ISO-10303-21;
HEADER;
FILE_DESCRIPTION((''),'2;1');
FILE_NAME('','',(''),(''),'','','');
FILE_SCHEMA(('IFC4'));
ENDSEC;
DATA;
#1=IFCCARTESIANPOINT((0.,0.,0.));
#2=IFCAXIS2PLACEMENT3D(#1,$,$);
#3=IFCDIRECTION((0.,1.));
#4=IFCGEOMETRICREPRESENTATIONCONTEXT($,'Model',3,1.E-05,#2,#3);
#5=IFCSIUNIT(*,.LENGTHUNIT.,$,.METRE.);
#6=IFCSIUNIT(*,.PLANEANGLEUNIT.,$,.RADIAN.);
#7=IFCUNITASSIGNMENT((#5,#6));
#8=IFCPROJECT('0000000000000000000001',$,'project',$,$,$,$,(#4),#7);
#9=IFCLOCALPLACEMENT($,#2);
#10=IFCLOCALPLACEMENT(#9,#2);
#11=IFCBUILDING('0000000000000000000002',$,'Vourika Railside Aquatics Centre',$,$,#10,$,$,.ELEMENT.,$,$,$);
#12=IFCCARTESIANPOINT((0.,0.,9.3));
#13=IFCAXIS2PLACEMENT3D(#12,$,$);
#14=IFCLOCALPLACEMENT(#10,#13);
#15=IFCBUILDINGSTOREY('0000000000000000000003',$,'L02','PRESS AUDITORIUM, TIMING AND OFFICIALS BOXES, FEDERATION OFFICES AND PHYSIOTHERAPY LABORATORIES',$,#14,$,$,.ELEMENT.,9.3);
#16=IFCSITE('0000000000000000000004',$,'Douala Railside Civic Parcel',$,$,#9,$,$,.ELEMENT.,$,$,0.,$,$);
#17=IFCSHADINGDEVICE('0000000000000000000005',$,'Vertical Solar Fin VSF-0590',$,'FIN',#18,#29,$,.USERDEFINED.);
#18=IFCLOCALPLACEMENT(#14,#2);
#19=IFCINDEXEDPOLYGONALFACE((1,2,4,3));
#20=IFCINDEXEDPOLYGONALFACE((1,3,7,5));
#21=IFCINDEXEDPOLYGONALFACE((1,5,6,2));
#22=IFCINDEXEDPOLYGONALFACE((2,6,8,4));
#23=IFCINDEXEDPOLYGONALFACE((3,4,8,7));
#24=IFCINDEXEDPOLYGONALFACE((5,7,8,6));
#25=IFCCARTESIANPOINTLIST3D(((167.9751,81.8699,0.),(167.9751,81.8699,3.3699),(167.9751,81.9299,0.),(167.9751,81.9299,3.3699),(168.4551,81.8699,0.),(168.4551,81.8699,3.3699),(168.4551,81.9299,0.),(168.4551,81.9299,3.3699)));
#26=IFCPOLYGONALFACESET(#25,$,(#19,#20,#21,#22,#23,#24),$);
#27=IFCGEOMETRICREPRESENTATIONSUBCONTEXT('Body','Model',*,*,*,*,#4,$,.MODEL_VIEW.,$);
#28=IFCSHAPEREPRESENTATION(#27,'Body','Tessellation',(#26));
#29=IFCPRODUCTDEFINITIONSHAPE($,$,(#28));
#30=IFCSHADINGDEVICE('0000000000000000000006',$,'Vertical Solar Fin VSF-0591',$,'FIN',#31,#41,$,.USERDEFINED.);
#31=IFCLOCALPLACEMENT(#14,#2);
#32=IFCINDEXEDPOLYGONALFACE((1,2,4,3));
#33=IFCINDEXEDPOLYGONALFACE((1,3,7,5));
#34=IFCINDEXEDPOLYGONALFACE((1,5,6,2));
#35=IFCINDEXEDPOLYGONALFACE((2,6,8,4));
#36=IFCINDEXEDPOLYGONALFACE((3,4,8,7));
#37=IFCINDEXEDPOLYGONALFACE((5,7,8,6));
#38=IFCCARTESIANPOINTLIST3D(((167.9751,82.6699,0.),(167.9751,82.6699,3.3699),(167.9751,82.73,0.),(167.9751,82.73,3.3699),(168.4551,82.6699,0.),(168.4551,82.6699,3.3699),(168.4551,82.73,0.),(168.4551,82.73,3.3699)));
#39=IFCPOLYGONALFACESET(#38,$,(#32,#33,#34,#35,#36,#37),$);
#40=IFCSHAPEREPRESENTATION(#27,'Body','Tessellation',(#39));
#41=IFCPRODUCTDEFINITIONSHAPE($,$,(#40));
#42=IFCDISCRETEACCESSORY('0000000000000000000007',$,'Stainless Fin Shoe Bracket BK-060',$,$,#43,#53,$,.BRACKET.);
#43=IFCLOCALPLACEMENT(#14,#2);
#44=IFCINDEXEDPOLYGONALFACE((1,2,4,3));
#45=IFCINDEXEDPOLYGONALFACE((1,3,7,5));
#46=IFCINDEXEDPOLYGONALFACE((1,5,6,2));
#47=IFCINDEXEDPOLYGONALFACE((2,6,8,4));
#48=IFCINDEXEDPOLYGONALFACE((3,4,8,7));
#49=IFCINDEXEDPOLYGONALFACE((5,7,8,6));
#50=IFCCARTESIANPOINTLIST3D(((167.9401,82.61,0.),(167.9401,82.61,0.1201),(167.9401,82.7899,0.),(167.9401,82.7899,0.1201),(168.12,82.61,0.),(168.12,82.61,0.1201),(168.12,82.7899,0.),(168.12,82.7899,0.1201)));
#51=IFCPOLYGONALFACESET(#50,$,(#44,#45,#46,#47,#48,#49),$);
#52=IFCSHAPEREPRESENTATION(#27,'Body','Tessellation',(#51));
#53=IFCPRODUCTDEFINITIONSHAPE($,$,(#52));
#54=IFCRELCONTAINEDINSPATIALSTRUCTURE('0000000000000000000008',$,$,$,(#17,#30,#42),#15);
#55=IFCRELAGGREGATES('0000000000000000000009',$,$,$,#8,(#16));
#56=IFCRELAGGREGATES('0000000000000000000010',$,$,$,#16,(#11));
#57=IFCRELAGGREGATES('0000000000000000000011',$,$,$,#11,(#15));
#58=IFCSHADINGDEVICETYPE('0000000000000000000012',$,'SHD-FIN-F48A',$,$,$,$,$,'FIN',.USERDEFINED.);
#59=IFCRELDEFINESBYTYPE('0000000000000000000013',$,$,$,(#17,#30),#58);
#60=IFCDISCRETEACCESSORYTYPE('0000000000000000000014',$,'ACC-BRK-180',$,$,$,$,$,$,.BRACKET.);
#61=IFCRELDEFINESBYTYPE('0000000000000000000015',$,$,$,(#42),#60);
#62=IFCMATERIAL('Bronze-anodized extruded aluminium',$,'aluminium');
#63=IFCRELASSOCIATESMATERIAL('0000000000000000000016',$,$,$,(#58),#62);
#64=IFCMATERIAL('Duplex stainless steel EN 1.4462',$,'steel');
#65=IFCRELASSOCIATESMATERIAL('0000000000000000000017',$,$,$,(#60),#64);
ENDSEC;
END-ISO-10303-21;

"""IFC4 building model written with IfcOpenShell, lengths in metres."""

from ifc_helpers import new_model, si_unit, direction, frame, origin, origin_2d, place, context, subcontext, project, spatial, rectangle, extrude, material, material_profile, profile_set, type_object, element, save


model = new_model("IFC4")

# Units and contexts
model_context = context("Model", 3, precision=1e-05, world=origin(), true_north=direction((0.0, 1.0)))
body_context = subcontext(model_context, "Body", "Model", "MODEL_VIEW")
ifc_project = project(units=[si_unit("LENGTHUNIT", "METRE"), si_unit("PLANEANGLEUNIT", "RADIAN")], contexts=[model_context])

# Site, building, storey
site_placement = place(None, origin())
site = spatial("IfcSite", under=ifc_project, at=site_placement, Name="Douala Railside Civic Parcel", CompositionType="ELEMENT", RefElevation=0.0)
building_placement = place(site_placement, origin())
building = spatial("IfcBuilding", under=site, at=building_placement, Name="Vourika Railside Aquatics Centre", CompositionType="ELEMENT")
storey_placement = place(building_placement, frame((0.0, 0.0, 9.3)))
storey = spatial("IfcBuildingStorey", under=building, at=storey_placement, Name="L02", Description="PRESS AUDITORIUM, TIMING AND OFFICIALS BOXES, FEDERATION OFFICES AND PHYSIOTHERAPY LABORATORIES", CompositionType="ELEMENT", Elevation=9.3)

# Shading devices
ifc_material_1 = material(Name="Bronze-anodized extruded aluminium", Category="aluminium")
ifc_material_profile_1 = material_profile(ifc_material_1, rectangle(XDim=0.0601, YDim=0.48, at=origin_2d()), Name="ALU-FIN 60x480")
ifc_profile_set_1 = profile_set([ifc_material_profile_1], Name="Bronze-anodized extruded aluminium")
shading_device_type = type_object("IfcShadingDeviceType", Name="SHD-FIN-F48A", ElementType="FIN", PredefinedType="USERDEFINED", material=ifc_profile_set_1)
for number, where, z_axis, x_axis, name in (
    (1, (168.2151, 81.8999, 0.0), (0.0, 0.0, 1.0), (0.0, -1.0, 0.0), "Vertical Solar Fin VSF-0590"),
    (2, (168.2151, 82.7, 0.0), (0.0, 0.0, 1.0), (0.0, -1.0, 0.0), "Vertical Solar Fin VSF-0591"),
):
    element("IfcShadingDevice", number, at=place(storey_placement, frame(where, z_axis=z_axis, x_axis=x_axis)), inside=storey, type_object=shading_device_type, Name=name, ObjectType="FIN", PredefinedType="USERDEFINED", context=body_context, shape_type="SweptSolid", body=[
        extrude(rectangle(XDim=0.0601, YDim=0.48, at=origin_2d()), origin(), (0.0, 0.0, 1.0), 3.3699),
    ])

# Discrete accessory
ifc_material_2 = material(Name="Duplex stainless steel EN 1.4462", Category="steel")
discrete_accessory_type = type_object("IfcDiscreteAccessoryType", Name="ACC-BRK-180", PredefinedType="BRACKET", material=ifc_material_2)
discrete_accessory_placement = place(storey_placement, frame((168.03, 82.7, 0.0), z_axis=(0.0, 0.0, 1.0), x_axis=(1.0, 0.0, 0.0)))
element("IfcDiscreteAccessory", 3, at=discrete_accessory_placement, inside=storey, type_object=discrete_accessory_type, Name="Stainless Fin Shoe Bracket BK-060", PredefinedType="BRACKET", context=body_context, shape_type="SweptSolid", body=[
    extrude(rectangle(XDim=0.1799, YDim=0.1799, at=origin_2d()), origin(), (0.0, 0.0, 1.0), 0.1201),
])

save(model, "model.ifc")
